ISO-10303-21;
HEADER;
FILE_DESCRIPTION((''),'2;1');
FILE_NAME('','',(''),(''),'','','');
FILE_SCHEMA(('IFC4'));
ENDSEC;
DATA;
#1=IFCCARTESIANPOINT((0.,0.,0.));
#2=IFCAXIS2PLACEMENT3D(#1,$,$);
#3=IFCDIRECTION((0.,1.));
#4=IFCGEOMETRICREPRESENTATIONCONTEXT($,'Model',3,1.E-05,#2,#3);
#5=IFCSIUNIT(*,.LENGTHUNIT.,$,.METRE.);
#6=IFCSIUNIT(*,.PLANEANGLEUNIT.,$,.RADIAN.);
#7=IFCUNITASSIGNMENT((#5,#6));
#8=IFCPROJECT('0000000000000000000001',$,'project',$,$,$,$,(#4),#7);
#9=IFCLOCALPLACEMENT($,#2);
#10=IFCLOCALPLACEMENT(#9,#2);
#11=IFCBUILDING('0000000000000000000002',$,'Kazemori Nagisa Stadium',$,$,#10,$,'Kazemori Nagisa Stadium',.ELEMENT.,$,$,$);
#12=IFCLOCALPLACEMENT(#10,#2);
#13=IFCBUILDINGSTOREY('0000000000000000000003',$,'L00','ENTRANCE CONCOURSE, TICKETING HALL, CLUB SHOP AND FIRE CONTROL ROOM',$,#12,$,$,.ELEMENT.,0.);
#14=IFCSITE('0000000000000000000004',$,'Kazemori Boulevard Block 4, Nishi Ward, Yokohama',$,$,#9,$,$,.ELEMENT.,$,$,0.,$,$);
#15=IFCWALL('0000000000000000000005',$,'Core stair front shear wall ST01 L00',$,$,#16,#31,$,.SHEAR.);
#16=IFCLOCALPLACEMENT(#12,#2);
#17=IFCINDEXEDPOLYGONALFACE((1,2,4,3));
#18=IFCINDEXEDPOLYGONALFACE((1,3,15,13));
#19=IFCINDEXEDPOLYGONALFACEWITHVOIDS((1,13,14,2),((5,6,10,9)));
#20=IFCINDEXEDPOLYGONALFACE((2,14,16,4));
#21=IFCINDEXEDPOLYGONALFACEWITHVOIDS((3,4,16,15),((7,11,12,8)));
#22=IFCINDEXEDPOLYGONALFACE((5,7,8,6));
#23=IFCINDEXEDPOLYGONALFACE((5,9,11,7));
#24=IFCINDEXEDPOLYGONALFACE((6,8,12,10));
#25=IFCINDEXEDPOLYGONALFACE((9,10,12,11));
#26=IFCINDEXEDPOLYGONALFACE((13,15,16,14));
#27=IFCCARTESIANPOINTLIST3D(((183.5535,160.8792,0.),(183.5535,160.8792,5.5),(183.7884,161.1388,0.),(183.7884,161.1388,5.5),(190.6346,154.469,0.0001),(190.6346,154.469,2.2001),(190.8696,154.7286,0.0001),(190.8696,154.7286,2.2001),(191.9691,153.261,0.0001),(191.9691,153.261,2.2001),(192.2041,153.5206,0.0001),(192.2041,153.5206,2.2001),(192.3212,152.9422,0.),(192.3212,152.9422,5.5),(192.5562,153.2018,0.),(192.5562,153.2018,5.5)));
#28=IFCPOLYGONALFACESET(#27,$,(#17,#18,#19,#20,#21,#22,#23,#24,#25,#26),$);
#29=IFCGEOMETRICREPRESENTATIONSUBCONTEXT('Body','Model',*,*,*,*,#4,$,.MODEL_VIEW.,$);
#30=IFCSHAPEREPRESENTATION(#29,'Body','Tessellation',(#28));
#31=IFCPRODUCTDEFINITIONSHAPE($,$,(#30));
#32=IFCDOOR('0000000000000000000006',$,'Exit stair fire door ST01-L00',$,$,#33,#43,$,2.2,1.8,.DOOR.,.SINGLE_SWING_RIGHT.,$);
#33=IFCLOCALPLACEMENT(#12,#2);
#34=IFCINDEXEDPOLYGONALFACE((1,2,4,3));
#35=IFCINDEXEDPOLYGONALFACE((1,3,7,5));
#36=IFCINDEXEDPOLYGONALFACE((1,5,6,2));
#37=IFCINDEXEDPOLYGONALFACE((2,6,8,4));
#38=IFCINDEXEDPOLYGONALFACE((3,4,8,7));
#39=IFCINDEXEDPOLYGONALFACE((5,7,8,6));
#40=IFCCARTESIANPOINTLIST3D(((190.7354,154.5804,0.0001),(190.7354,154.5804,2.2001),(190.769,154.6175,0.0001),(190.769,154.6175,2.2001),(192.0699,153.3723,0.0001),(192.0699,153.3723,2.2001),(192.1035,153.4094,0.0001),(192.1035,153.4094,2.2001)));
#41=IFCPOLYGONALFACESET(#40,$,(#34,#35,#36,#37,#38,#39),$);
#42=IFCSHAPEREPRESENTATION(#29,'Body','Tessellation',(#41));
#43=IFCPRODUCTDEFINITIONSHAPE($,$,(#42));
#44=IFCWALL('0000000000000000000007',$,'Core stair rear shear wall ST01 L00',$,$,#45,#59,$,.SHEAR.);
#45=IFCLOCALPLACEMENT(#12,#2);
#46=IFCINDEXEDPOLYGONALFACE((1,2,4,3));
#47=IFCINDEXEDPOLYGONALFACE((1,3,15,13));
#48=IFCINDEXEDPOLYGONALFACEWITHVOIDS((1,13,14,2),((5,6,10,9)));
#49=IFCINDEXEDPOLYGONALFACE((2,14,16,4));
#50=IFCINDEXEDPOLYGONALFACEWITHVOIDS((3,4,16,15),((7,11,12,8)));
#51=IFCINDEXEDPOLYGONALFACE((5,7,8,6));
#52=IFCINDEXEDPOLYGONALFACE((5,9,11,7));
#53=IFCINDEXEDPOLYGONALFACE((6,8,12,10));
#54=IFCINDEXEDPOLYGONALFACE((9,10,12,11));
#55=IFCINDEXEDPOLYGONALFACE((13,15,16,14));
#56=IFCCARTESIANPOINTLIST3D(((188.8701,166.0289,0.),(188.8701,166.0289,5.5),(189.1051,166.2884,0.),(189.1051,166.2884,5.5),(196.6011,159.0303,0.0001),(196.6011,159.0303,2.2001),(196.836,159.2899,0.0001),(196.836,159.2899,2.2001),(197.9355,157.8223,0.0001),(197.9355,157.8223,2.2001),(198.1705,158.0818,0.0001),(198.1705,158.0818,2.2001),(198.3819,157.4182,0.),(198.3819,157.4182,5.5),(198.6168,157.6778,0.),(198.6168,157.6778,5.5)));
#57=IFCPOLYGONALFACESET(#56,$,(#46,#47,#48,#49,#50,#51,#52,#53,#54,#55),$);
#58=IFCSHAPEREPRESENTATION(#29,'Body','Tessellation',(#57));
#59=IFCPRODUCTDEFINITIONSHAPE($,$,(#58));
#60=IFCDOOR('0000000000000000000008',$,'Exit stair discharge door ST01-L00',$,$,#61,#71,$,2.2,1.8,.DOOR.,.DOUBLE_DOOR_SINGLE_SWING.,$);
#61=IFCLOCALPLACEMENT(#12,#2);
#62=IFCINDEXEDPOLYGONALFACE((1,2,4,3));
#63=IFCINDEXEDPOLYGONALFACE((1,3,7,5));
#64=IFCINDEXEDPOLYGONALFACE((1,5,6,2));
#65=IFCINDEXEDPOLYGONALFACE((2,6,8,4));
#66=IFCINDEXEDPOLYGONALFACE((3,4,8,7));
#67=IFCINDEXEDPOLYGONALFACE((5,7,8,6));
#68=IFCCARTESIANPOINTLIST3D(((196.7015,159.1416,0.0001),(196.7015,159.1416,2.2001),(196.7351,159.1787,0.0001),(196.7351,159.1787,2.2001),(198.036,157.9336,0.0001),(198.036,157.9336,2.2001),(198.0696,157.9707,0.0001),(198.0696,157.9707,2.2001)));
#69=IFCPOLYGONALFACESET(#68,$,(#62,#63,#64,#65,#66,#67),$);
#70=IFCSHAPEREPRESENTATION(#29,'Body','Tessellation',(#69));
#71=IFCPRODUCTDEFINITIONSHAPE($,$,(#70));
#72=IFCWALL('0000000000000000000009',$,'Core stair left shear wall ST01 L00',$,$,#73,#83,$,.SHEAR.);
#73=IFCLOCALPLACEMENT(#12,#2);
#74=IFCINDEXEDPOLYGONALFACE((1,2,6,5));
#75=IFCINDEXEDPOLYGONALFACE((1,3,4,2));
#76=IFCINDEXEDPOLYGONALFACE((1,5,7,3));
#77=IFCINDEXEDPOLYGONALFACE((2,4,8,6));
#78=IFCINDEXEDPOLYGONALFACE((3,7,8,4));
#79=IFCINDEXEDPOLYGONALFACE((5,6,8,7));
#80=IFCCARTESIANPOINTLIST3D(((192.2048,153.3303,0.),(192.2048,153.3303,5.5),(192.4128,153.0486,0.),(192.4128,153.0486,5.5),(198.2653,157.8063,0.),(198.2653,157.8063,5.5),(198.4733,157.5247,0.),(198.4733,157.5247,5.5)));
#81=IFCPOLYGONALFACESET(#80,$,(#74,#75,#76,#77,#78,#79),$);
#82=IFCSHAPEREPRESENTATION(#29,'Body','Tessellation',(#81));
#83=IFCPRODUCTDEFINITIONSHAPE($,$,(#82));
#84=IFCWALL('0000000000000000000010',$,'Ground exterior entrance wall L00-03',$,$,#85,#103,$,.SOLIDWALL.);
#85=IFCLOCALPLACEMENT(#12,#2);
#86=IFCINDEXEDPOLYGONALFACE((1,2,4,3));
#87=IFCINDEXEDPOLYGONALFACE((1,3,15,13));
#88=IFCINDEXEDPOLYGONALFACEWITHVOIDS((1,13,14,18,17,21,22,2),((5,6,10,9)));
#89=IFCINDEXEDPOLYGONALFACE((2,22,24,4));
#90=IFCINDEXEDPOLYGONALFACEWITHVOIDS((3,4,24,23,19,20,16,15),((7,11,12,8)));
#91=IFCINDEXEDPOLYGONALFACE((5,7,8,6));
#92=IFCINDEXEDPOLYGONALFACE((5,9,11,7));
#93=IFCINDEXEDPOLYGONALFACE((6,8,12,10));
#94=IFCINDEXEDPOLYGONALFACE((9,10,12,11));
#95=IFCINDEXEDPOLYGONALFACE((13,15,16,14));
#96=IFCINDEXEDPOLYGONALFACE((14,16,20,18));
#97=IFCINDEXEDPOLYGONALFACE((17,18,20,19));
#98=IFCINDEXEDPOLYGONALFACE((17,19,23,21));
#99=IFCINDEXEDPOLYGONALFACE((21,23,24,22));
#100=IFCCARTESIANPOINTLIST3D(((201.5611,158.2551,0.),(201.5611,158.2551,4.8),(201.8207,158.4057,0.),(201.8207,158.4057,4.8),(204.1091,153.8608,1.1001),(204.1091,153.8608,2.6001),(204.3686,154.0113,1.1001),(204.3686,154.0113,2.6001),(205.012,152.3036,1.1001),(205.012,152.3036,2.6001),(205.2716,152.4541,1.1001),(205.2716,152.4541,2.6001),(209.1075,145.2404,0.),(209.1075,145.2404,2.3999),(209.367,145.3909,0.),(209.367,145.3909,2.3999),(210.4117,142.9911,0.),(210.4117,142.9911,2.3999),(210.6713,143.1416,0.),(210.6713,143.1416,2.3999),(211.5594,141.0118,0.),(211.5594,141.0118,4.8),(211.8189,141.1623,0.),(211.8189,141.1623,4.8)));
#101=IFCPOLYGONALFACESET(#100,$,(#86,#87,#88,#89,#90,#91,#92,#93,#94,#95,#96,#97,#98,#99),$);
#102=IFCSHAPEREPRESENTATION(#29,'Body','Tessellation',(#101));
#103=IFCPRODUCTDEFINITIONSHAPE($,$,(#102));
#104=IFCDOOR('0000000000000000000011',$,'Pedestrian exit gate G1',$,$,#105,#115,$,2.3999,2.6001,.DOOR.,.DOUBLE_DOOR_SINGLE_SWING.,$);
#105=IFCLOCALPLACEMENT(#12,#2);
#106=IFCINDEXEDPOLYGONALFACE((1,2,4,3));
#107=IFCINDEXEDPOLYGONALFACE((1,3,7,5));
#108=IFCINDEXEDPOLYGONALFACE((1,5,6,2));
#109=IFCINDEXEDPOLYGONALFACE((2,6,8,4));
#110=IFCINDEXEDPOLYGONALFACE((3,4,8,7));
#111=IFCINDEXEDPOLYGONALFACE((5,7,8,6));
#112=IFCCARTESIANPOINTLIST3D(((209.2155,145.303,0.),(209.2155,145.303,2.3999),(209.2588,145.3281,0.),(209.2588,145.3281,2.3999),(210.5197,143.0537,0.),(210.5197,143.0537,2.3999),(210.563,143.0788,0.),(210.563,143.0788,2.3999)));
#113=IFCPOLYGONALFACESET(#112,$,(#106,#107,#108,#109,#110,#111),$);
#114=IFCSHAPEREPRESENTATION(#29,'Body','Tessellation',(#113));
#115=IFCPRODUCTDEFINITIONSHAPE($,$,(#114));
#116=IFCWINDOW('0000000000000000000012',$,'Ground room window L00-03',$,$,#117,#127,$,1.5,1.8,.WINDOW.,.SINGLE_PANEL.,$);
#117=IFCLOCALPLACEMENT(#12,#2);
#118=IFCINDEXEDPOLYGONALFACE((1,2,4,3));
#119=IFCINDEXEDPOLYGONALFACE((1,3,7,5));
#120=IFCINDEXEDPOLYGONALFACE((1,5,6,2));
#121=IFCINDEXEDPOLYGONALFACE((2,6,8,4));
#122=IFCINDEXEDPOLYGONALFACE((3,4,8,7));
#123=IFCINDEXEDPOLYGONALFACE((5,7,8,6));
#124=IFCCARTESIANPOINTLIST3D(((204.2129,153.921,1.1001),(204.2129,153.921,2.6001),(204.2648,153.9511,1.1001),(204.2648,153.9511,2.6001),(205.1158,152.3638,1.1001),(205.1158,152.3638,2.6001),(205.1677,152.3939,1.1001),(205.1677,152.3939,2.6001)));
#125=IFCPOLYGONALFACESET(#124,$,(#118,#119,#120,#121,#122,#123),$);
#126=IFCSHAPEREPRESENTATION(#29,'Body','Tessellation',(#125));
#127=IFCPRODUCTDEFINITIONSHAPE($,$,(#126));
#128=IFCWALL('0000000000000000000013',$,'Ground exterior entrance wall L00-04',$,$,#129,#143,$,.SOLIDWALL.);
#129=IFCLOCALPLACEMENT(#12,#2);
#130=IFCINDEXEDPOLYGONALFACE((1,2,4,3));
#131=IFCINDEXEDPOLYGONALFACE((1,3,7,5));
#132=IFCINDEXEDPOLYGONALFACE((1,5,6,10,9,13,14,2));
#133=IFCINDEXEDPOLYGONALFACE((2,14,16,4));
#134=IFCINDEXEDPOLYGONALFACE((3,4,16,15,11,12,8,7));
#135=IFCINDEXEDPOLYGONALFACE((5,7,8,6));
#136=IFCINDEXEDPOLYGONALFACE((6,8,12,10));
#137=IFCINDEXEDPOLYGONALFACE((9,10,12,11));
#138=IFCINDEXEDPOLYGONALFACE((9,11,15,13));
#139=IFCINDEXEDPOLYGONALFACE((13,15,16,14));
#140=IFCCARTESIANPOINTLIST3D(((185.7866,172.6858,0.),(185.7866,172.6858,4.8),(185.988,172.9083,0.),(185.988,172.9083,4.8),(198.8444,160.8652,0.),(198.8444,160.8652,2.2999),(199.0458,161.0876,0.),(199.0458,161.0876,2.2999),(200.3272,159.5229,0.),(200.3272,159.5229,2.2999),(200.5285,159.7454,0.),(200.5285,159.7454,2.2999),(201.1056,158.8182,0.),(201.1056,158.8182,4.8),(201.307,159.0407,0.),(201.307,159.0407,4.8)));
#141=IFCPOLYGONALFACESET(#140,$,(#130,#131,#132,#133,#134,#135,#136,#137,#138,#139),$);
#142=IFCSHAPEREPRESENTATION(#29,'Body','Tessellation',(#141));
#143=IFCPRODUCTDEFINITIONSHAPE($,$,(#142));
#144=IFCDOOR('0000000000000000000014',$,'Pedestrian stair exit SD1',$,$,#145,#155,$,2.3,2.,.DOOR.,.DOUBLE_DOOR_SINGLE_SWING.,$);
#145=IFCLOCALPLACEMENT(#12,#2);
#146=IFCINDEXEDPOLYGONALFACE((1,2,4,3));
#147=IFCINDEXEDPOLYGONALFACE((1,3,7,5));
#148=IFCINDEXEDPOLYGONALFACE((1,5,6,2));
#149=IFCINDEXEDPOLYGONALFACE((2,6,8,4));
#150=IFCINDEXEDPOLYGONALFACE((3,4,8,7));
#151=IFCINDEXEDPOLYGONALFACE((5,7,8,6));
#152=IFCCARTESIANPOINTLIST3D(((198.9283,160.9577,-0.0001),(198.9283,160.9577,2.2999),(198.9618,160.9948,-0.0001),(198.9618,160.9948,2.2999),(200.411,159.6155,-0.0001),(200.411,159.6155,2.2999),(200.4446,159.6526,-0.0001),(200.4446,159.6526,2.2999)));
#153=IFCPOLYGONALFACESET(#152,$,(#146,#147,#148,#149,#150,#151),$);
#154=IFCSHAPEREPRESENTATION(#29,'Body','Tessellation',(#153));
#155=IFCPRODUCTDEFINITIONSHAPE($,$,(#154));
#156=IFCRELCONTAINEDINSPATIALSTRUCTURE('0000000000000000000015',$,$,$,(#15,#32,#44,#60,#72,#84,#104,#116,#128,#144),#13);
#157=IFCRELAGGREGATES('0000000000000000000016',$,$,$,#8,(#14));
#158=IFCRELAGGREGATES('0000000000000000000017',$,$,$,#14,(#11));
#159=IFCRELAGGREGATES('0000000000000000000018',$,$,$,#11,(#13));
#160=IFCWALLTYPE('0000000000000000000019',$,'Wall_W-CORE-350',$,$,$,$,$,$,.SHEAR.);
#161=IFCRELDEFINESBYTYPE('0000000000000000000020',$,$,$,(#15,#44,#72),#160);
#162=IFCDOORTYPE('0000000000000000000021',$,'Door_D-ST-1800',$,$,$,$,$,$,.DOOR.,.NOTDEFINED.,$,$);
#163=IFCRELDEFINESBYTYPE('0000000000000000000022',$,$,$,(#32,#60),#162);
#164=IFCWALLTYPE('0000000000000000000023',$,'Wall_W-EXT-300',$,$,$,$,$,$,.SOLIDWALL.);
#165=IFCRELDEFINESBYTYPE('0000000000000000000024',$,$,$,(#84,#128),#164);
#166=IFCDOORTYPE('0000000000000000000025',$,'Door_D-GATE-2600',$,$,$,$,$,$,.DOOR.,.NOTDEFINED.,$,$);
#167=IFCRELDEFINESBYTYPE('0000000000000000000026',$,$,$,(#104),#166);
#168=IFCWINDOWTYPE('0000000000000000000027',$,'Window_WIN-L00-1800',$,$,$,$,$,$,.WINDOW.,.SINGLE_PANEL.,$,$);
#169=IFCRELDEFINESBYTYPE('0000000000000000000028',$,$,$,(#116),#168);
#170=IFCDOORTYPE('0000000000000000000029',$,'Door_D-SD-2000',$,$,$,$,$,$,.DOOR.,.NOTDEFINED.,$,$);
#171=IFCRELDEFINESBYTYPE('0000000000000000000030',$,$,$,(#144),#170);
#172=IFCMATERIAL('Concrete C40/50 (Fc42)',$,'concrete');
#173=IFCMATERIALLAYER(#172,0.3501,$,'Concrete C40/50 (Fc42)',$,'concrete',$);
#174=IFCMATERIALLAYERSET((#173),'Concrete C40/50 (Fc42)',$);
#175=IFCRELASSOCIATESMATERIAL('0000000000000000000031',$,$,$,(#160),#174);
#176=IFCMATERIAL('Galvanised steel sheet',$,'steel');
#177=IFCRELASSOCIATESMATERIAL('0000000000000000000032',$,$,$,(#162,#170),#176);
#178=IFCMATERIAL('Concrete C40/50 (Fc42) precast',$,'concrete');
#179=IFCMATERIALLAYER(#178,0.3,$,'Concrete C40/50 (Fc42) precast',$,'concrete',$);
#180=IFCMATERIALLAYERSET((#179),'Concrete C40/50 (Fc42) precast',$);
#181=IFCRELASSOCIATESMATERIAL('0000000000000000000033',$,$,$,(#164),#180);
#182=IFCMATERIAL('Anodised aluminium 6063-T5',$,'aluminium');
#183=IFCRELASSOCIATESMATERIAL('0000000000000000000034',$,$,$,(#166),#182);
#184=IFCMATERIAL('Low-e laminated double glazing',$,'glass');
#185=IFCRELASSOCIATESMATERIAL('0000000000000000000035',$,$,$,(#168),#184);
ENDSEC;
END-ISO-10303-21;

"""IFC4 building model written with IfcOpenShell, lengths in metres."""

from ifc_helpers import new_model, si_unit, direction, frame, frame_2d, origin, place, context, subcontext, project, spatial, rectangle, extrude, material, layer, layer_set, type_object, element, fill, save


model = new_model("IFC4")

# Units and contexts
model_context = context("Model", 3, precision=1e-05, world=origin(), true_north=direction((0.0, 1.0)))
body_context = subcontext(model_context, "Body", "Model", "MODEL_VIEW")
ifc_project = project(units=[si_unit("LENGTHUNIT", "METRE"), si_unit("PLANEANGLEUNIT", "RADIAN")], contexts=[model_context])

# Site, building, storey
site_placement = place(None, origin())
site = spatial("IfcSite", under=ifc_project, at=site_placement, Name="Kazemori Boulevard Block 4, Nishi Ward, Yokohama", CompositionType="ELEMENT", RefElevation=0.0)
building_placement = place(site_placement, origin())
building = spatial("IfcBuilding", under=site, at=building_placement, Name="Kazemori Nagisa Stadium", LongName="Kazemori Nagisa Stadium", CompositionType="ELEMENT")
storey_placement = place(building_placement, origin())
storey = spatial("IfcBuildingStorey", under=building, at=storey_placement, Name="L00", Description="ENTRANCE CONCOURSE, TICKETING HALL, CLUB SHOP AND FIRE CONTROL ROOM", CompositionType="ELEMENT", Elevation=0.0)

# Shared definitions
ifc_material_1 = material(Name="Concrete C40/50 (Fc42)", Category="concrete")

# Walls, openings, doors
ifc_layer_1 = layer(ifc_material_1, 0.3501, Name="Concrete C40/50 (Fc42)", Category="concrete")
ifc_layer_set_1 = layer_set([ifc_layer_1], Name="Concrete C40/50 (Fc42)")
wall_type_1 = type_object("IfcWallType", Name="Wall_W-CORE-350", PredefinedType="SHEAR", material=ifc_layer_set_1)
wall_1_placement = place(storey_placement, frame((192.4387, 153.072, 0.0), z_axis=(0.0, 0.0, 1.0), x_axis=(-0.741358, 0.67111, 0.0)))
wall_1 = element("IfcWall", 1, at=wall_1_placement, inside=storey, type_object=wall_type_1, Name="Core stair front shear wall ST01 L00", PredefinedType="SHEAR", context=body_context, shape_type="SweptSolid", body=[
    extrude(rectangle(XDim=11.8267, YDim=0.3501, at=frame_2d((5.9133, 0.0))), origin(), (0.0, 0.0, 1.0), 5.5),
])
opening_1_placement = place(wall_1_placement, frame((0.4751, 0.0, 0.0)))
opening_1 = element("IfcOpeningElement", 2, at=opening_1_placement, cuts=wall_1, PredefinedType="OPENING", context=body_context, shape_type="SweptSolid", body=[
    extrude(rectangle(XDim=1.8, YDim=2.2, at=frame_2d((0.8999, 1.1001))), frame((0.0, 0.1851, 0.0), z_axis=(0.0, -1.0, 0.0), x_axis=(1.0, 0.0, 0.0)), (0.0, 0.0, 1.0), 0.3701),
])
ifc_material_2 = material(Name="Galvanised steel sheet", Category="steel")
door_type_1 = type_object("IfcDoorType", Name="Door_D-ST-1800", OperationType="NOTDEFINED", PredefinedType="DOOR", material=ifc_material_2)
door_1_placement = place(opening_1_placement, origin())
door_1 = element("IfcDoor", 3, at=door_1_placement, inside=storey, type_object=door_type_1, Name="Exit stair fire door ST01-L00", OperationType="SINGLE_SWING_RIGHT", OverallHeight=2.2, OverallWidth=1.8, PredefinedType="DOOR", context=body_context, shape_type="SweptSolid", body=[
    extrude(rectangle(XDim=1.8, YDim=2.2, at=frame_2d((0.8999, 1.1001))), frame((0.0, 0.0249, 0.0), z_axis=(0.0, -1.0, 0.0), x_axis=(1.0, 0.0, 0.0)), (0.0, 0.0, 1.0), 0.05),
])
fill(opening_1, door_1)
wall_2_placement = place(storey_placement, frame((198.4993, 157.5481, 0.0), z_axis=(0.0, 0.0, 1.0), x_axis=(-0.741351, 0.671117, 0.0)))
wall_2 = element("IfcWall", 4, at=wall_2_placement, inside=storey, type_object=wall_type_1, Name="Core stair rear shear wall ST01 L00", PredefinedType="SHEAR", context=body_context, shape_type="SweptSolid", body=[
    extrude(rectangle(XDim=12.8303, YDim=0.3501, at=frame_2d((6.415, 0.0))), origin(), (0.0, 0.0, 1.0), 5.5),
])
opening_2_placement = place(wall_2_placement, frame((0.6021, 0.0, 0.0)))
opening_2 = element("IfcOpeningElement", 5, at=opening_2_placement, cuts=wall_2, PredefinedType="OPENING", context=body_context, shape_type="SweptSolid", body=[
    extrude(rectangle(XDim=1.8, YDim=2.2, at=frame_2d((0.8999, 1.1001))), frame((0.0, 0.1851, 0.0), z_axis=(0.0, -1.0, 0.0), x_axis=(1.0, 0.0, 0.0)), (0.0, 0.0, 1.0), 0.3701),
])
door_2_placement = place(opening_2_placement, frame((1.8, 0.0, 0.0), z_axis=(0.0, 0.0, 1.0), x_axis=(-1.0, 0.0, 0.0)))
door_2 = element("IfcDoor", 6, at=door_2_placement, inside=storey, type_object=door_type_1, Name="Exit stair discharge door ST01-L00", OperationType="DOUBLE_DOOR_SINGLE_SWING", OverallHeight=2.2, OverallWidth=1.8, PredefinedType="DOOR", context=body_context, shape_type="SweptSolid", body=[
    extrude(rectangle(XDim=1.8, YDim=2.2, at=frame_2d((0.8999, 1.1001))), frame((0.0, 0.0249, 0.0), z_axis=(0.0, -1.0, 0.0), x_axis=(1.0, 0.0, 0.0)), (0.0, 0.0, 1.0), 0.05),
])
fill(opening_2, door_2)

# Wall
wall_3_placement = place(storey_placement, frame((192.3088, 153.1895, 0.0), z_axis=(0.0, 0.0, 1.0), x_axis=(0.804396, 0.594094, 0.0)))
element("IfcWall", 7, at=wall_3_placement, inside=storey, type_object=wall_type_1, Name="Core stair left shear wall ST01 L00", PredefinedType="SHEAR", context=body_context, shape_type="SweptSolid", body=[
    extrude(rectangle(XDim=7.5342, YDim=0.3501, at=frame_2d((3.7671, 0.0))), origin(), (0.0, 0.0, 1.0), 5.5),
])

# Wall, openings, door, window
ifc_material_3 = material(Name="Concrete C40/50 (Fc42) precast", Category="concrete")
ifc_layer_2 = layer(ifc_material_3, 0.3, Name="Concrete C40/50 (Fc42) precast", Category="concrete")
ifc_layer_set_2 = layer_set([ifc_layer_2], Name="Concrete C40/50 (Fc42) precast")
wall_type_2 = type_object("IfcWallType", Name="Wall_W-EXT-300", PredefinedType="SOLIDWALL", material=ifc_layer_set_2)
wall_4_placement = place(storey_placement, frame((211.6892, 141.0869, 0.0), z_axis=(0.0, 0.0, 1.0), x_axis=(-0.50161, 0.865094, 0.0)))
wall_4 = element("IfcWall", 8, at=wall_4_placement, inside=storey, type_object=wall_type_2, Name="Ground exterior entrance wall L00-03", PredefinedType="SOLIDWALL", context=body_context, shape_type="SweptSolid", body=[
    extrude(rectangle(XDim=19.9324, YDim=0.3, at=frame_2d((9.9663, 0.0))), origin(), (0.0, 0.0, 1.0), 4.8),
])
opening_3_placement = place(wall_4_placement, frame((2.2881, 0.0, 0.0)))
opening_3 = element("IfcOpeningElement", 9, at=opening_3_placement, cuts=wall_4, PredefinedType="OPENING", context=body_context, shape_type="SweptSolid", body=[
    extrude(rectangle(XDim=2.6001, YDim=2.3999, at=frame_2d((1.3, 1.2))), frame((0.0, 0.1599, 0.0), z_axis=(0.0, -1.0, 0.0), x_axis=(1.0, 0.0, 0.0)), (0.0, 0.0, 1.0), 0.3201),
])
opening_4_placement = place(wall_4_placement, frame((13.053, 0.0, 1.1001)))
opening_4 = element("IfcOpeningElement", 10, at=opening_4_placement, cuts=wall_4, PredefinedType="OPENING", context=body_context, shape_type="SweptSolid", body=[
    extrude(rectangle(XDim=1.8, YDim=1.5, at=frame_2d((0.8999, 0.75))), frame((0.0, 0.1599, 0.0), z_axis=(0.0, -1.0, 0.0), x_axis=(1.0, 0.0, 0.0)), (0.0, 0.0, 1.0), 0.3201),
])
ifc_material_4 = material(Name="Anodised aluminium 6063-T5", Category="aluminium")
door_type_2 = type_object("IfcDoorType", Name="Door_D-GATE-2600", OperationType="NOTDEFINED", PredefinedType="DOOR", material=ifc_material_4)
door_3_placement = place(opening_3_placement, frame((2.6001, 0.0, 0.0), z_axis=(0.0, 0.0, 1.0), x_axis=(-1.0, 0.0, 0.0)))
door_3 = element("IfcDoor", 11, at=door_3_placement, inside=storey, type_object=door_type_2, Name="Pedestrian exit gate G1", OperationType="DOUBLE_DOOR_SINGLE_SWING", OverallHeight=2.3999, OverallWidth=2.6001, PredefinedType="DOOR", context=body_context, shape_type="SweptSolid", body=[
    extrude(rectangle(XDim=2.6001, YDim=2.3999, at=frame_2d((1.3, 1.2))), frame((0.0, 0.0249, 0.0), z_axis=(0.0, -1.0, 0.0), x_axis=(1.0, 0.0, 0.0)), (0.0, 0.0, 1.0), 0.05),
])
fill(opening_3, door_3)
ifc_material_5 = material(Name="Low-e laminated double glazing", Category="glass")
window_type = type_object("IfcWindowType", Name="Window_WIN-L00-1800", PartitioningType="SINGLE_PANEL", PredefinedType="WINDOW", material=ifc_material_5)
window_placement = place(opening_4_placement, origin())
window = element("IfcWindow", 12, at=window_placement, inside=storey, type_object=window_type, Name="Ground room window L00-03", OverallHeight=1.5, OverallWidth=1.8, PartitioningType="SINGLE_PANEL", PredefinedType="WINDOW", context=body_context, shape_type="SweptSolid", body=[
    extrude(rectangle(XDim=1.8, YDim=1.5, at=frame_2d((0.8999, 0.75))), frame((0.0, 0.03, 0.0), z_axis=(0.0, -1.0, 0.0), x_axis=(1.0, 0.0, 0.0)), (0.0, 0.0, 1.0), 0.0601),
])
fill(opening_4, window)

# Wall, opening, door
wall_5_placement = place(storey_placement, frame((201.2063, 158.9294, 0.0), z_axis=(0.0, 0.0, 1.0), x_axis=(-0.741354, 0.671114, 0.0)))
wall_5 = element("IfcWall", 13, at=wall_5_placement, inside=storey, type_object=wall_type_2, Name="Ground exterior entrance wall L00-04", PredefinedType="SOLIDWALL", context=body_context, shape_type="SweptSolid", body=[
    extrude(rectangle(XDim=20.6636, YDim=0.3, at=frame_2d((10.3318, 0.0))), origin(), (0.0, 0.0, 1.0), 4.8),
])
opening_5_placement = place(wall_5_placement, frame((1.05, 0.0, 0.0)))
opening_5 = element("IfcOpeningElement", 14, at=opening_5_placement, cuts=wall_5, PredefinedType="OPENING", context=body_context, shape_type="SweptSolid", body=[
    extrude(rectangle(XDim=2.0, YDim=2.3, at=frame_2d((1.0, 1.1499))), frame((0.0, 0.1599, 0.0), z_axis=(0.0, -1.0, 0.0), x_axis=(1.0, 0.0, 0.0)), (0.0, 0.0, 1.0), 0.3201),
])
door_type_3 = type_object("IfcDoorType", Name="Door_D-SD-2000", OperationType="NOTDEFINED", PredefinedType="DOOR", material=ifc_material_2)
door_4_placement = place(opening_5_placement, frame((2.0, 0.0, 0.0), z_axis=(0.0, 0.0, 1.0), x_axis=(-1.0, 0.0, 0.0)))
door_4 = element("IfcDoor", 15, at=door_4_placement, inside=storey, type_object=door_type_3, Name="Pedestrian stair exit SD1", OperationType="DOUBLE_DOOR_SINGLE_SWING", OverallHeight=2.3, OverallWidth=2.0, PredefinedType="DOOR", context=body_context, shape_type="SweptSolid", body=[
    extrude(rectangle(XDim=2.0, YDim=2.3, at=frame_2d((1.0, 1.1499))), frame((0.0, 0.0249, 0.0), z_axis=(0.0, -1.0, 0.0), x_axis=(1.0, 0.0, 0.0)), (0.0, 0.0, 1.0), 0.05),
])
fill(opening_5, door_4)

save(model, "model.ifc")
